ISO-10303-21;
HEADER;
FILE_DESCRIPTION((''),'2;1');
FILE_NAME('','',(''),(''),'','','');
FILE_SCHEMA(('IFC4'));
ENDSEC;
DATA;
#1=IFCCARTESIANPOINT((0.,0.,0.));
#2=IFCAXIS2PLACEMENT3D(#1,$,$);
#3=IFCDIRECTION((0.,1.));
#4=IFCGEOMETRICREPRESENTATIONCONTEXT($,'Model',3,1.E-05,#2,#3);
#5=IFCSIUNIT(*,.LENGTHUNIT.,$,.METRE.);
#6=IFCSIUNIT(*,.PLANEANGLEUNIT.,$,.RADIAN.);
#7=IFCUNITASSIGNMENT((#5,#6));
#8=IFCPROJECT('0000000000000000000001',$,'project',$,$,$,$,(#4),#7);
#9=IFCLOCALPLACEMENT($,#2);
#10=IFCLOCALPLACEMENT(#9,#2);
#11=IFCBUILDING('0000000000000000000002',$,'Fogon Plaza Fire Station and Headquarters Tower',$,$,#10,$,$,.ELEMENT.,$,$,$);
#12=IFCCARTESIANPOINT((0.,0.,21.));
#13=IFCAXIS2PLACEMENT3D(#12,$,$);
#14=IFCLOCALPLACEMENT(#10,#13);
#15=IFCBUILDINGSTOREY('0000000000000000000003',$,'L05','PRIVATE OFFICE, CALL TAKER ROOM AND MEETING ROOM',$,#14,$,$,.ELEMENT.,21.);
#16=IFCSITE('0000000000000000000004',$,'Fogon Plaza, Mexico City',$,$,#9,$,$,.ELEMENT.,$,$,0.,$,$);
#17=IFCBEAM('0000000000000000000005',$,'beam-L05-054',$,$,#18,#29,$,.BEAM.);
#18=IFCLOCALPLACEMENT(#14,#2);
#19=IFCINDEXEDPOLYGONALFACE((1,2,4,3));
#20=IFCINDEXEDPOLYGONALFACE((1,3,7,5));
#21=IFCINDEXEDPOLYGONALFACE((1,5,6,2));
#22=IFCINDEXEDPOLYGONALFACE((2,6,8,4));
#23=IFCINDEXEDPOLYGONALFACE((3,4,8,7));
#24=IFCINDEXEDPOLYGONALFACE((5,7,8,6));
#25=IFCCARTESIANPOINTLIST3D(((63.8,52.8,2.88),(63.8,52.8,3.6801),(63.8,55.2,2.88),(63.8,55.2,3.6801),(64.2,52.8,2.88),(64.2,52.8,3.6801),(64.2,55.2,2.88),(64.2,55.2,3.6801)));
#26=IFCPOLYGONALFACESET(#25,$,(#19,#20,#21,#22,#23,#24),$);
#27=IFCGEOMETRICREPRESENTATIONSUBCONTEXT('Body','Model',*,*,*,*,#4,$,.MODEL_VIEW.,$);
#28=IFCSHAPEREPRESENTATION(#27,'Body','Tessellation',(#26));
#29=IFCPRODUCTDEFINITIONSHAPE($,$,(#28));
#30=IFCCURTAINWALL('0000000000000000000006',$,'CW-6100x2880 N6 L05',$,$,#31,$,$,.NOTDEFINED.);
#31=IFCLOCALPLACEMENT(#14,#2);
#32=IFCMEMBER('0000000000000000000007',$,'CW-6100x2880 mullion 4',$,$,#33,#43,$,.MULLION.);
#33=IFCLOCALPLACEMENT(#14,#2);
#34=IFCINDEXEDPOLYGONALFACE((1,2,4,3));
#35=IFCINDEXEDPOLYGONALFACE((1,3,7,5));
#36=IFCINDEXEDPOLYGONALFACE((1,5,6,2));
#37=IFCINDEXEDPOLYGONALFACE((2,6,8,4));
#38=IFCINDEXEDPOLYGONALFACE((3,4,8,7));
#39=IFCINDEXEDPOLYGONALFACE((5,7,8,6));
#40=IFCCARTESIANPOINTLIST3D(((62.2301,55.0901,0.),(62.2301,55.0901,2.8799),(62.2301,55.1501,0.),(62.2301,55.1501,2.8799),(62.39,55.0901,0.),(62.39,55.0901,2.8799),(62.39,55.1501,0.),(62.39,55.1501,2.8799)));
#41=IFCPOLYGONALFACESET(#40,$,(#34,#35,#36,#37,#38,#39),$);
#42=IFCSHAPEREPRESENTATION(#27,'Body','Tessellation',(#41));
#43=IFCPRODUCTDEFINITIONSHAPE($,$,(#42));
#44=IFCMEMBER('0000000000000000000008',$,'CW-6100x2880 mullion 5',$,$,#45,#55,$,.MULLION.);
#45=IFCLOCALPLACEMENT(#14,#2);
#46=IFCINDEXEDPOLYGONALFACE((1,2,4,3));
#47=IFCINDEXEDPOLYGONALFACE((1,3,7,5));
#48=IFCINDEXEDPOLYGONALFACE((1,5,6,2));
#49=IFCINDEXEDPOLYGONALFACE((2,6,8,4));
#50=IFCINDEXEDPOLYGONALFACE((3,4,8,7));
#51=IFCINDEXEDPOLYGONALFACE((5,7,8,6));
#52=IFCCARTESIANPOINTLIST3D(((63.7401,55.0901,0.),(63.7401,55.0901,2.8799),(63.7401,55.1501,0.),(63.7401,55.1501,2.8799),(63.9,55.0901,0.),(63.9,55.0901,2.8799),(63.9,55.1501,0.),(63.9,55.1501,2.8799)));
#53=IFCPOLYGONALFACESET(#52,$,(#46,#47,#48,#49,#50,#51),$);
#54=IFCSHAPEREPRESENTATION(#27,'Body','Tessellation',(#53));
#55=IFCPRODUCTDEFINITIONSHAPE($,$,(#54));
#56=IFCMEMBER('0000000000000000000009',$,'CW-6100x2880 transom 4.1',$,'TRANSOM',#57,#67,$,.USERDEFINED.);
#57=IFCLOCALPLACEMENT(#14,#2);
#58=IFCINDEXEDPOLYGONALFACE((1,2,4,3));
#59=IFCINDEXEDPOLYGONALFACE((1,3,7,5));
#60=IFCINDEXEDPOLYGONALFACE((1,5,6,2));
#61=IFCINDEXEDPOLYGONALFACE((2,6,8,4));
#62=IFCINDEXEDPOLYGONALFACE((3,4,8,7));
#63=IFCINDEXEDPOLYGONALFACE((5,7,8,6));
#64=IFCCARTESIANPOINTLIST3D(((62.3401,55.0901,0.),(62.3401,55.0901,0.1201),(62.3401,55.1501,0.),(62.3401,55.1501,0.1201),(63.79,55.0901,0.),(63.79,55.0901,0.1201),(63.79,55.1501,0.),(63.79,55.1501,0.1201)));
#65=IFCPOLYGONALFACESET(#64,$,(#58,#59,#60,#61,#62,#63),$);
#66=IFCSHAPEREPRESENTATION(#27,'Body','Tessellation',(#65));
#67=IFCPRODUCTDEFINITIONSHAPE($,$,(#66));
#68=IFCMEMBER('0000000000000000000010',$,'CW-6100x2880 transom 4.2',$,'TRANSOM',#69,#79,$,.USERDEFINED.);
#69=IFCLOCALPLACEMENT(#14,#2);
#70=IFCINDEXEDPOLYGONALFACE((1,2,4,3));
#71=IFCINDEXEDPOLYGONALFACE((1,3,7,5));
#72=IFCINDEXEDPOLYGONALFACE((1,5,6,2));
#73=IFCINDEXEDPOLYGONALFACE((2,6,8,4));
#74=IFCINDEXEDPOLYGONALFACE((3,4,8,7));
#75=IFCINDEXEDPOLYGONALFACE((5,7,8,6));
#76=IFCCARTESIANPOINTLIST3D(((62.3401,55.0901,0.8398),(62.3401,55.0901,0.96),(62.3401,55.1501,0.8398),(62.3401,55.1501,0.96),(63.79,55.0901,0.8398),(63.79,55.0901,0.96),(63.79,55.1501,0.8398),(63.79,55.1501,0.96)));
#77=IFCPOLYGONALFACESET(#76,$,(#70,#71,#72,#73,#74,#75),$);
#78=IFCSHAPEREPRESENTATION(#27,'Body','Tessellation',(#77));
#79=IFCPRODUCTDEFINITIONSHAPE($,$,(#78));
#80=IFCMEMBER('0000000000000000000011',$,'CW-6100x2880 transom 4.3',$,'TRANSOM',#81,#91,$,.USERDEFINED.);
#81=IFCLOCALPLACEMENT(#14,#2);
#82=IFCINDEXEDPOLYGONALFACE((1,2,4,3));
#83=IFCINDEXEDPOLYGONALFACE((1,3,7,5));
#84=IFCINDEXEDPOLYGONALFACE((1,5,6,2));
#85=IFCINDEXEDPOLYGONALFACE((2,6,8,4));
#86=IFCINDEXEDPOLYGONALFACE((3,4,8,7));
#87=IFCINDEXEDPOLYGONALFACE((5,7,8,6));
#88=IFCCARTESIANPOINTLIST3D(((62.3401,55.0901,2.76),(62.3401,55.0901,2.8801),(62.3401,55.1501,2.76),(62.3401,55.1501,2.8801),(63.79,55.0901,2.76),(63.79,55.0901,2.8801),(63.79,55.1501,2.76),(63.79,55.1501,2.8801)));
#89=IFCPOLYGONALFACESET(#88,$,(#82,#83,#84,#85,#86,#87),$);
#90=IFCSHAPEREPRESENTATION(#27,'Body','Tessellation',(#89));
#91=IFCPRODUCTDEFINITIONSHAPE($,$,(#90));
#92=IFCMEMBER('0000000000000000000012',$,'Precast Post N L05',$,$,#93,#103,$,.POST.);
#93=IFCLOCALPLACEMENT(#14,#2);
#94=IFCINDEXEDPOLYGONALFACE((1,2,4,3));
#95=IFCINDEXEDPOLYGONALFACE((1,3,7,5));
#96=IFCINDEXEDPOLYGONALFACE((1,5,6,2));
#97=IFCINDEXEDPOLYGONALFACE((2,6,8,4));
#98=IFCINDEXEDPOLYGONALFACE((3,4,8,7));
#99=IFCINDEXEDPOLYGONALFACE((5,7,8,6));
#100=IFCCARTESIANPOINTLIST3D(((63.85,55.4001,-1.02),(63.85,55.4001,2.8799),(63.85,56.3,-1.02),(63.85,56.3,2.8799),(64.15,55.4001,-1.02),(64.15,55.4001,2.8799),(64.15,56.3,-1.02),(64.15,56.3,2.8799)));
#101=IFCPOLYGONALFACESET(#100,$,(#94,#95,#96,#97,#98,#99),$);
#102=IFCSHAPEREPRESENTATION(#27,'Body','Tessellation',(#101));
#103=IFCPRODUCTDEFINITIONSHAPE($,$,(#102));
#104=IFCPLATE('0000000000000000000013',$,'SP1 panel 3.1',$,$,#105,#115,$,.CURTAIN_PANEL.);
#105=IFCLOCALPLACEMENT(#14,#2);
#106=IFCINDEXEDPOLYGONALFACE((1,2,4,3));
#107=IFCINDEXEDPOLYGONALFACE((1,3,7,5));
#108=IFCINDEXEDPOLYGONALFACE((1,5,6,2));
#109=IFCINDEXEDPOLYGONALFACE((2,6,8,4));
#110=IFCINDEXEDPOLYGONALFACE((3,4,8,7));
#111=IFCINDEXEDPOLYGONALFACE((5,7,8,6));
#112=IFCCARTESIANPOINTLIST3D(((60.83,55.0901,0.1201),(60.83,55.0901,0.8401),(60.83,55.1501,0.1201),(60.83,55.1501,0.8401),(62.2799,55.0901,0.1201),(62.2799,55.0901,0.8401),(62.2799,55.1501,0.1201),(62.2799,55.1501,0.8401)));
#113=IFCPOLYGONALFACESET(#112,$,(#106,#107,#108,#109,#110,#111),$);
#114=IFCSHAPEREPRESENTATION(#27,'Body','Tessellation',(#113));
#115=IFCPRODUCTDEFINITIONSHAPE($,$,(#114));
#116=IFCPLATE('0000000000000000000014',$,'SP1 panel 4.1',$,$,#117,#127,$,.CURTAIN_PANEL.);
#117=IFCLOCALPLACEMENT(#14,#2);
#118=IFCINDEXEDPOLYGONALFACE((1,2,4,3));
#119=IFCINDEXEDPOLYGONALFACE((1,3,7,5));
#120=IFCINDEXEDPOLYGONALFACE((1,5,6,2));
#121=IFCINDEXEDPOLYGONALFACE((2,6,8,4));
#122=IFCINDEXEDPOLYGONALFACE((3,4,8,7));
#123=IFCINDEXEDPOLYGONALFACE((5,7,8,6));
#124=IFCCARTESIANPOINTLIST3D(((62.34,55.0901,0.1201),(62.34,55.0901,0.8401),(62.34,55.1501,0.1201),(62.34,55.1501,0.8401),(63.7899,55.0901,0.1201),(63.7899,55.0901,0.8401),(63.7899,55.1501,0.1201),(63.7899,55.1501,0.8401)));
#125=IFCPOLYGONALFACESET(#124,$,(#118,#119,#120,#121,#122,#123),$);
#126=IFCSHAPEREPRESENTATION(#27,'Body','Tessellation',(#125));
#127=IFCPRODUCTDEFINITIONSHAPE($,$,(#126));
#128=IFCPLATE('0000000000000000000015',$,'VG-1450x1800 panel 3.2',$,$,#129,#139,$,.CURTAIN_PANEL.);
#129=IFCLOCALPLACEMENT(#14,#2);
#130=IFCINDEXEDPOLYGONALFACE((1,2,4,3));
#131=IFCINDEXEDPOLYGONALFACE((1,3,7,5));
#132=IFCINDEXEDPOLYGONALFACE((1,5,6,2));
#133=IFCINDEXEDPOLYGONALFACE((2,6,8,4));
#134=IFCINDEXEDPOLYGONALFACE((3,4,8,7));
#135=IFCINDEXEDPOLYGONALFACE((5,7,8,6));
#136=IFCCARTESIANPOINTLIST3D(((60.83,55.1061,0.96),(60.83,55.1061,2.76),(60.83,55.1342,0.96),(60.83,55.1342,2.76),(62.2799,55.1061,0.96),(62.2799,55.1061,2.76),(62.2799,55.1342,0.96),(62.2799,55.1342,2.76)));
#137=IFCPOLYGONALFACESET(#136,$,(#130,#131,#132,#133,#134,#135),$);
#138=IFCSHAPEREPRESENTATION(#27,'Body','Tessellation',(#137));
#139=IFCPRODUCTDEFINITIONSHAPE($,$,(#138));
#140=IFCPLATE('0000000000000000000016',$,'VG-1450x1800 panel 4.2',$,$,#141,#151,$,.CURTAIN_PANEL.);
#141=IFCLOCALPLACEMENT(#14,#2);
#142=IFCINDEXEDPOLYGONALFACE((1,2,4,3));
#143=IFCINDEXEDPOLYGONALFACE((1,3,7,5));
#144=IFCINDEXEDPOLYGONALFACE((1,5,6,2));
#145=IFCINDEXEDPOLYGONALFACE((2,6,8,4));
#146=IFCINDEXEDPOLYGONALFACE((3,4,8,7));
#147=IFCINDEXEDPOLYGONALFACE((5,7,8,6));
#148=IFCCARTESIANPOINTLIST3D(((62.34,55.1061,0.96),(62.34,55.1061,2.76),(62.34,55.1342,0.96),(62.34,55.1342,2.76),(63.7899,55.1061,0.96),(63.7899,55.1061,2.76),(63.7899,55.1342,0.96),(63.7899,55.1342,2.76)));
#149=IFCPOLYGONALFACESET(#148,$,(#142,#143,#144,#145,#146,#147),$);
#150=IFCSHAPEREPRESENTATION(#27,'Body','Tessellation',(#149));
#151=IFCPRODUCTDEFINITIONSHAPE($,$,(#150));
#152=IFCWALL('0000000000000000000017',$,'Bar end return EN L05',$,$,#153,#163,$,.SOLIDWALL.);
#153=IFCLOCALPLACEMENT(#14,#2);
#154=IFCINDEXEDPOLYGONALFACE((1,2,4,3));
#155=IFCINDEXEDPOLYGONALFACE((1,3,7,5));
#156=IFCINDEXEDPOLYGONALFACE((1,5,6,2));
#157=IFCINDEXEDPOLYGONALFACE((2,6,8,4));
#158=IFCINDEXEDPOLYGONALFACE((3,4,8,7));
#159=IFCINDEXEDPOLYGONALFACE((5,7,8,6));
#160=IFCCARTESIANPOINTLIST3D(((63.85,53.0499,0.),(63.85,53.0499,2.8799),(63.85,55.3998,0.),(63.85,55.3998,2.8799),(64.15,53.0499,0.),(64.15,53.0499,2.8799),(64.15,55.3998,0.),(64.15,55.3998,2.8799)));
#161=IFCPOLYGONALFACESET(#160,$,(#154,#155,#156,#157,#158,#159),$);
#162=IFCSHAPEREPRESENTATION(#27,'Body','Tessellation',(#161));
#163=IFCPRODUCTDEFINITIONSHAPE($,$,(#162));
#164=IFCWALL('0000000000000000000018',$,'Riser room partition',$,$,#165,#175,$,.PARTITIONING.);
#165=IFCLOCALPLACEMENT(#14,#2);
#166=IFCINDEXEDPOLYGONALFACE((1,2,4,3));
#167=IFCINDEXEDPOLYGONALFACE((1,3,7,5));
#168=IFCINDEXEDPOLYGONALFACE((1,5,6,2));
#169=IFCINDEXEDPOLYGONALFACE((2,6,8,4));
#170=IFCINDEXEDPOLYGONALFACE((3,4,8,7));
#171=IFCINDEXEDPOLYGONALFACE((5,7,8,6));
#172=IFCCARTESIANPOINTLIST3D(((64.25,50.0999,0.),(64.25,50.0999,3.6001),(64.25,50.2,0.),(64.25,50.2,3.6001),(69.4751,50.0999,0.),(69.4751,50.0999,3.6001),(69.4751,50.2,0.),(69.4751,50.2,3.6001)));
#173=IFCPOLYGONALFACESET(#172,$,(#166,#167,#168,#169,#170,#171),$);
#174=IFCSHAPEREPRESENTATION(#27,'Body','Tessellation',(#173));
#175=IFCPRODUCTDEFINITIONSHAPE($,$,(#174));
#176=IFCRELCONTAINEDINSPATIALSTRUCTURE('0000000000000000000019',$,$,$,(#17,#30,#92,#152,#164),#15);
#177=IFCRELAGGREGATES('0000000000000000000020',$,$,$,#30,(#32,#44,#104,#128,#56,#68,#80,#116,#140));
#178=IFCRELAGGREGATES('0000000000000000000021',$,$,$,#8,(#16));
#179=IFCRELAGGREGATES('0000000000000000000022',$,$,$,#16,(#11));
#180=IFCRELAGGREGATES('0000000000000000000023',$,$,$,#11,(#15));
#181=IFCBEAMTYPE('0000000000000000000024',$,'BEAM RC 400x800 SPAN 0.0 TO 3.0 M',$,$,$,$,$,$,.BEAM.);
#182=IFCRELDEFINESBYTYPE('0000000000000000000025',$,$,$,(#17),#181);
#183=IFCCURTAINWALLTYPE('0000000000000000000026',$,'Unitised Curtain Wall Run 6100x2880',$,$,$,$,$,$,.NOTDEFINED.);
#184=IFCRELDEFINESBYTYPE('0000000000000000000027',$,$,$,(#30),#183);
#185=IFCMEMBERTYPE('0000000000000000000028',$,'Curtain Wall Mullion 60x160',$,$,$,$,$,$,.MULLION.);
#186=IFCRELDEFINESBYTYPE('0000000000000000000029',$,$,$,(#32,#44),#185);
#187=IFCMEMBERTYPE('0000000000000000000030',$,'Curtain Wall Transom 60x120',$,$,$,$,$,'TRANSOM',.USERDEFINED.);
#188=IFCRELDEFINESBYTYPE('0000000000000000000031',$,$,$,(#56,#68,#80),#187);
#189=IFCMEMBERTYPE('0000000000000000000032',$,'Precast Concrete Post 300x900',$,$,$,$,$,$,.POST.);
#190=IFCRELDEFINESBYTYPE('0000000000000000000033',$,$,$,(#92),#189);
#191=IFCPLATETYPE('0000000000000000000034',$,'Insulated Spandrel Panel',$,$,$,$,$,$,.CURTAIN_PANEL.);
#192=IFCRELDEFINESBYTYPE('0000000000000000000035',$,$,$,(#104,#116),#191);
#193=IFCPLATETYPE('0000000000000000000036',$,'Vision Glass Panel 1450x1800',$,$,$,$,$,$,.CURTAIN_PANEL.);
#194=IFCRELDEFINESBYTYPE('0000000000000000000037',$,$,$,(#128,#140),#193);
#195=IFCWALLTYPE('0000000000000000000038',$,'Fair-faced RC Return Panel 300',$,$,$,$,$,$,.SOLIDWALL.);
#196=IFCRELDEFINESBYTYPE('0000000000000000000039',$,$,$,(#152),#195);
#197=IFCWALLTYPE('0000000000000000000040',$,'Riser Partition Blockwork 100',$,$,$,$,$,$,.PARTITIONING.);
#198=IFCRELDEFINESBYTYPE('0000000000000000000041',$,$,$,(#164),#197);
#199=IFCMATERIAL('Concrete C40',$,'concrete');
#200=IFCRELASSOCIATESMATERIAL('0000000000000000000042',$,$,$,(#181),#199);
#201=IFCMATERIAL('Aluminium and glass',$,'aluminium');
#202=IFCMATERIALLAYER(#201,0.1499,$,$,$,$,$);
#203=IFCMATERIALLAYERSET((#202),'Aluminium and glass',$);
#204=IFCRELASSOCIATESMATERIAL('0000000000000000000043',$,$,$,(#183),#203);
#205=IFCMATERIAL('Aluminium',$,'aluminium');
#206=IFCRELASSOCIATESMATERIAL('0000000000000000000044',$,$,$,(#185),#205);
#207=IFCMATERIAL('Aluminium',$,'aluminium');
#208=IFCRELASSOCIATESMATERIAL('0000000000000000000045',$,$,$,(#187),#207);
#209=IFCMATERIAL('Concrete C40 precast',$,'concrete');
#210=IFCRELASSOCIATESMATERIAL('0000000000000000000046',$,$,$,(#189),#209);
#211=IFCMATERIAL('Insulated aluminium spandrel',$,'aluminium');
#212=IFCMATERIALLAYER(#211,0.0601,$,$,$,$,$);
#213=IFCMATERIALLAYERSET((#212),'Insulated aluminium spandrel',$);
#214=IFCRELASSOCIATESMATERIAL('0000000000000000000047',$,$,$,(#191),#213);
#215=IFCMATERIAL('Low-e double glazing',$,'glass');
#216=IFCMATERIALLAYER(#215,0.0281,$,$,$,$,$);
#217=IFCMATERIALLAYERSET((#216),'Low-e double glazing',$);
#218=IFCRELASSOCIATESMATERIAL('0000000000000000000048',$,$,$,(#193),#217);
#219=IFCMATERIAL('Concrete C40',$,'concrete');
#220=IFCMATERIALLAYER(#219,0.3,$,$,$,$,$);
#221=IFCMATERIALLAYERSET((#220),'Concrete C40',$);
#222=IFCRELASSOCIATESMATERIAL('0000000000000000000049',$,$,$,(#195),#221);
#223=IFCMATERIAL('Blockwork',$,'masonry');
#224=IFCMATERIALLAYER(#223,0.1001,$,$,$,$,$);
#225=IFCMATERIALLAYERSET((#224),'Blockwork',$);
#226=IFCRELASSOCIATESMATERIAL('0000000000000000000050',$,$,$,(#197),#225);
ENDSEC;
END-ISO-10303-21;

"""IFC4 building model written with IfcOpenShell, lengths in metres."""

from ifc_helpers import new_model, si_unit, direction, frame, frame_2d, origin, origin_2d, place, context, subcontext, project, spatial, rectangle, extrude, material, layer, layer_set, material_profile, profile_set, type_object, element, aggregate, save


model = new_model("IFC4")

# Units and contexts
model_context = context("Model", 3, precision=1e-05, world=origin(), true_north=direction((0.0, 1.0)))
body_context = subcontext(model_context, "Body", "Model", "MODEL_VIEW")
ifc_project = project(units=[si_unit("LENGTHUNIT", "METRE"), si_unit("PLANEANGLEUNIT", "RADIAN")], contexts=[model_context])

# Site, building, storey
site_placement = place(None, origin())
site = spatial("IfcSite", under=ifc_project, at=site_placement, Name="Fogon Plaza, Mexico City", CompositionType="ELEMENT", RefElevation=0.0)
building_placement = place(site_placement, origin())
building = spatial("IfcBuilding", under=site, at=building_placement, Name="Fogon Plaza Fire Station and Headquarters Tower", CompositionType="ELEMENT")
storey_placement = place(building_placement, frame((0.0, 0.0, 21.0)))
storey = spatial("IfcBuildingStorey", under=building, at=storey_placement, Name="L05", Description="PRIVATE OFFICE, CALL TAKER ROOM AND MEETING ROOM", CompositionType="ELEMENT", Elevation=21.0)

# Beam
ifc_material_1 = material(Name="Concrete C40", Category="concrete")
ifc_material_profile_1 = material_profile(ifc_material_1, rectangle(XDim=0.3999, YDim=0.8, at=origin_2d()), Name="RC 400x800")
ifc_profile_set_1 = profile_set([ifc_material_profile_1], Name="Concrete C40")
beam_type = type_object("IfcBeamType", Name="BEAM RC 400x800 SPAN 0.0 TO 3.0 M", PredefinedType="BEAM", material=ifc_profile_set_1)
beam_placement = place(storey_placement, frame((64.0, 52.8, 3.28), z_axis=(0.0, 1.0, 0.0), x_axis=(-1.0, 0.0, 0.0)))
element("IfcBeam", 1, at=beam_placement, inside=storey, type_object=beam_type, Name="beam-L05-054", PredefinedType="BEAM", context=body_context, shape_type="SweptSolid", body=[
    extrude(rectangle(XDim=0.3999, YDim=0.8, at=origin_2d()), origin(), (0.0, 0.0, 1.0), 2.3999),
])

# Curtain wall, members
ifc_material_2 = material(Name="Aluminium and glass", Category="aluminium")
ifc_layer_1 = layer(ifc_material_2, 0.1499)
ifc_layer_set_1 = layer_set([ifc_layer_1], Name="Aluminium and glass")
curtain_wall_type = type_object("IfcCurtainWallType", Name="Unitised Curtain Wall Run 6100x2880", PredefinedType="NOTDEFINED", material=ifc_layer_set_1)
curtain_wall_placement = place(storey_placement, origin())
curtain_wall = element("IfcCurtainWall", 2, at=curtain_wall_placement, inside=storey, type_object=curtain_wall_type, Name="CW-6100x2880 N6 L05", PredefinedType="NOTDEFINED")
ifc_material_3 = material(Name="Aluminium", Category="aluminium")
ifc_material_profile_2 = material_profile(ifc_material_3, rectangle(XDim=0.0601, YDim=0.1599, at=origin_2d()), Name="Curtain Wall Mullion 60x160")
ifc_profile_set_2 = profile_set([ifc_material_profile_2], Name="Aluminium")
member_type_1 = type_object("IfcMemberType", Name="Curtain Wall Mullion 60x160", PredefinedType="MULLION", material=ifc_profile_set_2)
member_1_placement = place(storey_placement, frame((62.3101, 55.1201, 0.0), z_axis=(0.0, 0.0, 1.0), x_axis=(0.0, 1.0, 0.0)))
member_1 = element("IfcMember", 3, at=member_1_placement, type_object=member_type_1, Name="CW-6100x2880 mullion 4", PredefinedType="MULLION", context=body_context, shape_type="SweptSolid", body=[
    extrude(rectangle(XDim=0.0601, YDim=0.1599, at=origin_2d()), origin(), (0.0, 0.0, 1.0), 2.8799),
])
member_2_placement = place(storey_placement, frame((63.8201, 55.1201, 0.0), z_axis=(0.0, 0.0, 1.0), x_axis=(0.0, 1.0, 0.0)))
member_2 = element("IfcMember", 4, at=member_2_placement, type_object=member_type_1, Name="CW-6100x2880 mullion 5", PredefinedType="MULLION", context=body_context, shape_type="SweptSolid", body=[
    extrude(rectangle(XDim=0.0601, YDim=0.1599, at=origin_2d()), origin(), (0.0, 0.0, 1.0), 2.8799),
])
ifc_material_4 = material(Name="Aluminium", Category="aluminium")
ifc_material_profile_3 = material_profile(ifc_material_4, rectangle(XDim=0.0601, YDim=0.1201, at=origin_2d()), Name="Curtain Wall Transom 60x120")
ifc_profile_set_3 = profile_set([ifc_material_profile_3], Name="Aluminium")
member_type_2 = type_object("IfcMemberType", Name="Curtain Wall Transom 60x120", ElementType="TRANSOM", PredefinedType="USERDEFINED", material=ifc_profile_set_3)
member_3_placement = place(storey_placement, frame((62.3401, 55.1201, 0.0601), z_axis=(1.0, 0.0, 0.0), x_axis=(0.0, 1.0, 0.0)))
member_3 = element("IfcMember", 5, at=member_3_placement, type_object=member_type_2, Name="CW-6100x2880 transom 4.1", ObjectType="TRANSOM", PredefinedType="USERDEFINED", context=body_context, shape_type="SweptSolid", body=[
    extrude(rectangle(XDim=0.0601, YDim=0.1201, at=origin_2d()), origin(), (0.0, 0.0, 1.0), 1.45),
])
member_4_placement = place(storey_placement, frame((62.3401, 55.1201, 0.8999), z_axis=(1.0, 0.0, 0.0), x_axis=(0.0, 1.0, 0.0)))
member_4 = element("IfcMember", 6, at=member_4_placement, type_object=member_type_2, Name="CW-6100x2880 transom 4.2", ObjectType="TRANSOM", PredefinedType="USERDEFINED", context=body_context, shape_type="SweptSolid", body=[
    extrude(rectangle(XDim=0.0601, YDim=0.1201, at=origin_2d()), origin(), (0.0, 0.0, 1.0), 1.45),
])
member_5_placement = place(storey_placement, frame((62.3401, 55.1201, 2.8201), z_axis=(1.0, 0.0, 0.0), x_axis=(0.0, 1.0, 0.0)))
member_5 = element("IfcMember", 7, at=member_5_placement, type_object=member_type_2, Name="CW-6100x2880 transom 4.3", ObjectType="TRANSOM", PredefinedType="USERDEFINED", context=body_context, shape_type="SweptSolid", body=[
    extrude(rectangle(XDim=0.0601, YDim=0.1201, at=origin_2d()), origin(), (0.0, 0.0, 1.0), 1.45),
])

# Member
ifc_material_5 = material(Name="Concrete C40 precast", Category="concrete")
ifc_material_profile_4 = material_profile(ifc_material_5, rectangle(XDim=0.3, YDim=0.8999, at=origin_2d()), Name="Precast Concrete Post 300x900")
ifc_profile_set_4 = profile_set([ifc_material_profile_4], Name="Concrete C40 precast")
member_type_3 = type_object("IfcMemberType", Name="Precast Concrete Post 300x900", PredefinedType="POST", material=ifc_profile_set_4)
member_6_placement = place(storey_placement, frame((64.0, 55.8501, -1.02), z_axis=(0.0, 0.0, 1.0), x_axis=(1.0, 0.0, 0.0)))
element("IfcMember", 8, at=member_6_placement, inside=storey, type_object=member_type_3, Name="Precast Post N L05", PredefinedType="POST", context=body_context, shape_type="SweptSolid", body=[
    extrude(rectangle(XDim=0.3, YDim=0.8999, at=origin_2d()), origin(), (0.0, 0.0, 1.0), 3.8999),
])

# Plates
ifc_material_6 = material(Name="Insulated aluminium spandrel", Category="aluminium")
ifc_layer_2 = layer(ifc_material_6, 0.0601)
ifc_layer_set_2 = layer_set([ifc_layer_2], Name="Insulated aluminium spandrel")
plate_type_1 = type_object("IfcPlateType", Name="Insulated Spandrel Panel", PredefinedType="CURTAIN_PANEL", material=ifc_layer_set_2)
plate_1_placement = place(storey_placement, frame((61.5549, 55.1201, 0.1201), z_axis=(0.0, 0.0, 1.0), x_axis=(1.0, 0.0, 0.0)))
plate_1 = element("IfcPlate", 9, at=plate_1_placement, type_object=plate_type_1, Name="SP1 panel 3.1", PredefinedType="CURTAIN_PANEL", context=body_context, shape_type="SweptSolid", body=[
    extrude(rectangle(XDim=1.45, YDim=0.0601, at=origin_2d()), origin(), (0.0, 0.0, 1.0), 0.72),
])
plate_2_placement = place(storey_placement, frame((63.0649, 55.1201, 0.1201), z_axis=(0.0, 0.0, 1.0), x_axis=(1.0, 0.0, 0.0)))
plate_2 = element("IfcPlate", 10, at=plate_2_placement, type_object=plate_type_1, Name="SP1 panel 4.1", PredefinedType="CURTAIN_PANEL", context=body_context, shape_type="SweptSolid", body=[
    extrude(rectangle(XDim=1.45, YDim=0.0601, at=origin_2d()), origin(), (0.0, 0.0, 1.0), 0.72),
])
ifc_material_7 = material(Name="Low-e double glazing", Category="glass")
ifc_layer_3 = layer(ifc_material_7, 0.0281)
ifc_layer_set_3 = layer_set([ifc_layer_3], Name="Low-e double glazing")
plate_type_2 = type_object("IfcPlateType", Name="Vision Glass Panel 1450x1800", PredefinedType="CURTAIN_PANEL", material=ifc_layer_set_3)
plate_3_placement = place(storey_placement, frame((61.5549, 55.1201, 0.96), z_axis=(0.0, 0.0, 1.0), x_axis=(1.0, 0.0, 0.0)))
plate_3 = element("IfcPlate", 11, at=plate_3_placement, type_object=plate_type_2, Name="VG-1450x1800 panel 3.2", PredefinedType="CURTAIN_PANEL", context=body_context, shape_type="SweptSolid", body=[
    extrude(rectangle(XDim=1.45, YDim=0.0281, at=origin_2d()), origin(), (0.0, 0.0, 1.0), 1.8),
])
plate_4_placement = place(storey_placement, frame((63.0649, 55.1201, 0.96), z_axis=(0.0, 0.0, 1.0), x_axis=(1.0, 0.0, 0.0)))
plate_4 = element("IfcPlate", 12, at=plate_4_placement, type_object=plate_type_2, Name="VG-1450x1800 panel 4.2", PredefinedType="CURTAIN_PANEL", context=body_context, shape_type="SweptSolid", body=[
    extrude(rectangle(XDim=1.45, YDim=0.0281, at=origin_2d()), origin(), (0.0, 0.0, 1.0), 1.8),
])
aggregate(curtain_wall, [member_1, member_2, plate_1, plate_3, member_3, member_4, member_5, plate_2, plate_4])

# Walls
ifc_material_8 = material(Name="Concrete C40", Category="concrete")
ifc_layer_4 = layer(ifc_material_8, 0.3)
ifc_layer_set_4 = layer_set([ifc_layer_4], Name="Concrete C40")
wall_type_1 = type_object("IfcWallType", Name="Fair-faced RC Return Panel 300", PredefinedType="SOLIDWALL", material=ifc_layer_set_4)
wall_1_placement = place(storey_placement, frame((64.0, 53.05, 0.0), z_axis=(0.0, 0.0, 1.0), x_axis=(0.0, 1.0, 0.0)))
element("IfcWall", 13, at=wall_1_placement, inside=storey, type_object=wall_type_1, Name="Bar end return EN L05", PredefinedType="SOLIDWALL", context=body_context, shape_type="SweptSolid", body=[
    extrude(rectangle(XDim=2.3499, YDim=0.3, at=frame_2d((1.1748, 0.0))), origin(), (0.0, 0.0, 1.0), 2.8799),
])
ifc_material_9 = material(Name="Blockwork", Category="masonry")
ifc_layer_5 = layer(ifc_material_9, 0.1001)
ifc_layer_set_5 = layer_set([ifc_layer_5], Name="Blockwork")
wall_type_2 = type_object("IfcWallType", Name="Riser Partition Blockwork 100", PredefinedType="PARTITIONING", material=ifc_layer_set_5)
wall_2_placement = place(storey_placement, frame((69.4751, 50.1499, 0.0), z_axis=(0.0, 0.0, 1.0), x_axis=(-1.0, 0.0, 0.0)))
element("IfcWall", 14, at=wall_2_placement, inside=storey, type_object=wall_type_2, Name="Riser room partition", PredefinedType="PARTITIONING", context=body_context, shape_type="SweptSolid", body=[
    extrude(rectangle(XDim=5.2251, YDim=0.1001, at=frame_2d((2.6125, 0.0))), origin(), (0.0, 0.0, 1.0), 3.6001),
])

save(model, "model.ifc")
